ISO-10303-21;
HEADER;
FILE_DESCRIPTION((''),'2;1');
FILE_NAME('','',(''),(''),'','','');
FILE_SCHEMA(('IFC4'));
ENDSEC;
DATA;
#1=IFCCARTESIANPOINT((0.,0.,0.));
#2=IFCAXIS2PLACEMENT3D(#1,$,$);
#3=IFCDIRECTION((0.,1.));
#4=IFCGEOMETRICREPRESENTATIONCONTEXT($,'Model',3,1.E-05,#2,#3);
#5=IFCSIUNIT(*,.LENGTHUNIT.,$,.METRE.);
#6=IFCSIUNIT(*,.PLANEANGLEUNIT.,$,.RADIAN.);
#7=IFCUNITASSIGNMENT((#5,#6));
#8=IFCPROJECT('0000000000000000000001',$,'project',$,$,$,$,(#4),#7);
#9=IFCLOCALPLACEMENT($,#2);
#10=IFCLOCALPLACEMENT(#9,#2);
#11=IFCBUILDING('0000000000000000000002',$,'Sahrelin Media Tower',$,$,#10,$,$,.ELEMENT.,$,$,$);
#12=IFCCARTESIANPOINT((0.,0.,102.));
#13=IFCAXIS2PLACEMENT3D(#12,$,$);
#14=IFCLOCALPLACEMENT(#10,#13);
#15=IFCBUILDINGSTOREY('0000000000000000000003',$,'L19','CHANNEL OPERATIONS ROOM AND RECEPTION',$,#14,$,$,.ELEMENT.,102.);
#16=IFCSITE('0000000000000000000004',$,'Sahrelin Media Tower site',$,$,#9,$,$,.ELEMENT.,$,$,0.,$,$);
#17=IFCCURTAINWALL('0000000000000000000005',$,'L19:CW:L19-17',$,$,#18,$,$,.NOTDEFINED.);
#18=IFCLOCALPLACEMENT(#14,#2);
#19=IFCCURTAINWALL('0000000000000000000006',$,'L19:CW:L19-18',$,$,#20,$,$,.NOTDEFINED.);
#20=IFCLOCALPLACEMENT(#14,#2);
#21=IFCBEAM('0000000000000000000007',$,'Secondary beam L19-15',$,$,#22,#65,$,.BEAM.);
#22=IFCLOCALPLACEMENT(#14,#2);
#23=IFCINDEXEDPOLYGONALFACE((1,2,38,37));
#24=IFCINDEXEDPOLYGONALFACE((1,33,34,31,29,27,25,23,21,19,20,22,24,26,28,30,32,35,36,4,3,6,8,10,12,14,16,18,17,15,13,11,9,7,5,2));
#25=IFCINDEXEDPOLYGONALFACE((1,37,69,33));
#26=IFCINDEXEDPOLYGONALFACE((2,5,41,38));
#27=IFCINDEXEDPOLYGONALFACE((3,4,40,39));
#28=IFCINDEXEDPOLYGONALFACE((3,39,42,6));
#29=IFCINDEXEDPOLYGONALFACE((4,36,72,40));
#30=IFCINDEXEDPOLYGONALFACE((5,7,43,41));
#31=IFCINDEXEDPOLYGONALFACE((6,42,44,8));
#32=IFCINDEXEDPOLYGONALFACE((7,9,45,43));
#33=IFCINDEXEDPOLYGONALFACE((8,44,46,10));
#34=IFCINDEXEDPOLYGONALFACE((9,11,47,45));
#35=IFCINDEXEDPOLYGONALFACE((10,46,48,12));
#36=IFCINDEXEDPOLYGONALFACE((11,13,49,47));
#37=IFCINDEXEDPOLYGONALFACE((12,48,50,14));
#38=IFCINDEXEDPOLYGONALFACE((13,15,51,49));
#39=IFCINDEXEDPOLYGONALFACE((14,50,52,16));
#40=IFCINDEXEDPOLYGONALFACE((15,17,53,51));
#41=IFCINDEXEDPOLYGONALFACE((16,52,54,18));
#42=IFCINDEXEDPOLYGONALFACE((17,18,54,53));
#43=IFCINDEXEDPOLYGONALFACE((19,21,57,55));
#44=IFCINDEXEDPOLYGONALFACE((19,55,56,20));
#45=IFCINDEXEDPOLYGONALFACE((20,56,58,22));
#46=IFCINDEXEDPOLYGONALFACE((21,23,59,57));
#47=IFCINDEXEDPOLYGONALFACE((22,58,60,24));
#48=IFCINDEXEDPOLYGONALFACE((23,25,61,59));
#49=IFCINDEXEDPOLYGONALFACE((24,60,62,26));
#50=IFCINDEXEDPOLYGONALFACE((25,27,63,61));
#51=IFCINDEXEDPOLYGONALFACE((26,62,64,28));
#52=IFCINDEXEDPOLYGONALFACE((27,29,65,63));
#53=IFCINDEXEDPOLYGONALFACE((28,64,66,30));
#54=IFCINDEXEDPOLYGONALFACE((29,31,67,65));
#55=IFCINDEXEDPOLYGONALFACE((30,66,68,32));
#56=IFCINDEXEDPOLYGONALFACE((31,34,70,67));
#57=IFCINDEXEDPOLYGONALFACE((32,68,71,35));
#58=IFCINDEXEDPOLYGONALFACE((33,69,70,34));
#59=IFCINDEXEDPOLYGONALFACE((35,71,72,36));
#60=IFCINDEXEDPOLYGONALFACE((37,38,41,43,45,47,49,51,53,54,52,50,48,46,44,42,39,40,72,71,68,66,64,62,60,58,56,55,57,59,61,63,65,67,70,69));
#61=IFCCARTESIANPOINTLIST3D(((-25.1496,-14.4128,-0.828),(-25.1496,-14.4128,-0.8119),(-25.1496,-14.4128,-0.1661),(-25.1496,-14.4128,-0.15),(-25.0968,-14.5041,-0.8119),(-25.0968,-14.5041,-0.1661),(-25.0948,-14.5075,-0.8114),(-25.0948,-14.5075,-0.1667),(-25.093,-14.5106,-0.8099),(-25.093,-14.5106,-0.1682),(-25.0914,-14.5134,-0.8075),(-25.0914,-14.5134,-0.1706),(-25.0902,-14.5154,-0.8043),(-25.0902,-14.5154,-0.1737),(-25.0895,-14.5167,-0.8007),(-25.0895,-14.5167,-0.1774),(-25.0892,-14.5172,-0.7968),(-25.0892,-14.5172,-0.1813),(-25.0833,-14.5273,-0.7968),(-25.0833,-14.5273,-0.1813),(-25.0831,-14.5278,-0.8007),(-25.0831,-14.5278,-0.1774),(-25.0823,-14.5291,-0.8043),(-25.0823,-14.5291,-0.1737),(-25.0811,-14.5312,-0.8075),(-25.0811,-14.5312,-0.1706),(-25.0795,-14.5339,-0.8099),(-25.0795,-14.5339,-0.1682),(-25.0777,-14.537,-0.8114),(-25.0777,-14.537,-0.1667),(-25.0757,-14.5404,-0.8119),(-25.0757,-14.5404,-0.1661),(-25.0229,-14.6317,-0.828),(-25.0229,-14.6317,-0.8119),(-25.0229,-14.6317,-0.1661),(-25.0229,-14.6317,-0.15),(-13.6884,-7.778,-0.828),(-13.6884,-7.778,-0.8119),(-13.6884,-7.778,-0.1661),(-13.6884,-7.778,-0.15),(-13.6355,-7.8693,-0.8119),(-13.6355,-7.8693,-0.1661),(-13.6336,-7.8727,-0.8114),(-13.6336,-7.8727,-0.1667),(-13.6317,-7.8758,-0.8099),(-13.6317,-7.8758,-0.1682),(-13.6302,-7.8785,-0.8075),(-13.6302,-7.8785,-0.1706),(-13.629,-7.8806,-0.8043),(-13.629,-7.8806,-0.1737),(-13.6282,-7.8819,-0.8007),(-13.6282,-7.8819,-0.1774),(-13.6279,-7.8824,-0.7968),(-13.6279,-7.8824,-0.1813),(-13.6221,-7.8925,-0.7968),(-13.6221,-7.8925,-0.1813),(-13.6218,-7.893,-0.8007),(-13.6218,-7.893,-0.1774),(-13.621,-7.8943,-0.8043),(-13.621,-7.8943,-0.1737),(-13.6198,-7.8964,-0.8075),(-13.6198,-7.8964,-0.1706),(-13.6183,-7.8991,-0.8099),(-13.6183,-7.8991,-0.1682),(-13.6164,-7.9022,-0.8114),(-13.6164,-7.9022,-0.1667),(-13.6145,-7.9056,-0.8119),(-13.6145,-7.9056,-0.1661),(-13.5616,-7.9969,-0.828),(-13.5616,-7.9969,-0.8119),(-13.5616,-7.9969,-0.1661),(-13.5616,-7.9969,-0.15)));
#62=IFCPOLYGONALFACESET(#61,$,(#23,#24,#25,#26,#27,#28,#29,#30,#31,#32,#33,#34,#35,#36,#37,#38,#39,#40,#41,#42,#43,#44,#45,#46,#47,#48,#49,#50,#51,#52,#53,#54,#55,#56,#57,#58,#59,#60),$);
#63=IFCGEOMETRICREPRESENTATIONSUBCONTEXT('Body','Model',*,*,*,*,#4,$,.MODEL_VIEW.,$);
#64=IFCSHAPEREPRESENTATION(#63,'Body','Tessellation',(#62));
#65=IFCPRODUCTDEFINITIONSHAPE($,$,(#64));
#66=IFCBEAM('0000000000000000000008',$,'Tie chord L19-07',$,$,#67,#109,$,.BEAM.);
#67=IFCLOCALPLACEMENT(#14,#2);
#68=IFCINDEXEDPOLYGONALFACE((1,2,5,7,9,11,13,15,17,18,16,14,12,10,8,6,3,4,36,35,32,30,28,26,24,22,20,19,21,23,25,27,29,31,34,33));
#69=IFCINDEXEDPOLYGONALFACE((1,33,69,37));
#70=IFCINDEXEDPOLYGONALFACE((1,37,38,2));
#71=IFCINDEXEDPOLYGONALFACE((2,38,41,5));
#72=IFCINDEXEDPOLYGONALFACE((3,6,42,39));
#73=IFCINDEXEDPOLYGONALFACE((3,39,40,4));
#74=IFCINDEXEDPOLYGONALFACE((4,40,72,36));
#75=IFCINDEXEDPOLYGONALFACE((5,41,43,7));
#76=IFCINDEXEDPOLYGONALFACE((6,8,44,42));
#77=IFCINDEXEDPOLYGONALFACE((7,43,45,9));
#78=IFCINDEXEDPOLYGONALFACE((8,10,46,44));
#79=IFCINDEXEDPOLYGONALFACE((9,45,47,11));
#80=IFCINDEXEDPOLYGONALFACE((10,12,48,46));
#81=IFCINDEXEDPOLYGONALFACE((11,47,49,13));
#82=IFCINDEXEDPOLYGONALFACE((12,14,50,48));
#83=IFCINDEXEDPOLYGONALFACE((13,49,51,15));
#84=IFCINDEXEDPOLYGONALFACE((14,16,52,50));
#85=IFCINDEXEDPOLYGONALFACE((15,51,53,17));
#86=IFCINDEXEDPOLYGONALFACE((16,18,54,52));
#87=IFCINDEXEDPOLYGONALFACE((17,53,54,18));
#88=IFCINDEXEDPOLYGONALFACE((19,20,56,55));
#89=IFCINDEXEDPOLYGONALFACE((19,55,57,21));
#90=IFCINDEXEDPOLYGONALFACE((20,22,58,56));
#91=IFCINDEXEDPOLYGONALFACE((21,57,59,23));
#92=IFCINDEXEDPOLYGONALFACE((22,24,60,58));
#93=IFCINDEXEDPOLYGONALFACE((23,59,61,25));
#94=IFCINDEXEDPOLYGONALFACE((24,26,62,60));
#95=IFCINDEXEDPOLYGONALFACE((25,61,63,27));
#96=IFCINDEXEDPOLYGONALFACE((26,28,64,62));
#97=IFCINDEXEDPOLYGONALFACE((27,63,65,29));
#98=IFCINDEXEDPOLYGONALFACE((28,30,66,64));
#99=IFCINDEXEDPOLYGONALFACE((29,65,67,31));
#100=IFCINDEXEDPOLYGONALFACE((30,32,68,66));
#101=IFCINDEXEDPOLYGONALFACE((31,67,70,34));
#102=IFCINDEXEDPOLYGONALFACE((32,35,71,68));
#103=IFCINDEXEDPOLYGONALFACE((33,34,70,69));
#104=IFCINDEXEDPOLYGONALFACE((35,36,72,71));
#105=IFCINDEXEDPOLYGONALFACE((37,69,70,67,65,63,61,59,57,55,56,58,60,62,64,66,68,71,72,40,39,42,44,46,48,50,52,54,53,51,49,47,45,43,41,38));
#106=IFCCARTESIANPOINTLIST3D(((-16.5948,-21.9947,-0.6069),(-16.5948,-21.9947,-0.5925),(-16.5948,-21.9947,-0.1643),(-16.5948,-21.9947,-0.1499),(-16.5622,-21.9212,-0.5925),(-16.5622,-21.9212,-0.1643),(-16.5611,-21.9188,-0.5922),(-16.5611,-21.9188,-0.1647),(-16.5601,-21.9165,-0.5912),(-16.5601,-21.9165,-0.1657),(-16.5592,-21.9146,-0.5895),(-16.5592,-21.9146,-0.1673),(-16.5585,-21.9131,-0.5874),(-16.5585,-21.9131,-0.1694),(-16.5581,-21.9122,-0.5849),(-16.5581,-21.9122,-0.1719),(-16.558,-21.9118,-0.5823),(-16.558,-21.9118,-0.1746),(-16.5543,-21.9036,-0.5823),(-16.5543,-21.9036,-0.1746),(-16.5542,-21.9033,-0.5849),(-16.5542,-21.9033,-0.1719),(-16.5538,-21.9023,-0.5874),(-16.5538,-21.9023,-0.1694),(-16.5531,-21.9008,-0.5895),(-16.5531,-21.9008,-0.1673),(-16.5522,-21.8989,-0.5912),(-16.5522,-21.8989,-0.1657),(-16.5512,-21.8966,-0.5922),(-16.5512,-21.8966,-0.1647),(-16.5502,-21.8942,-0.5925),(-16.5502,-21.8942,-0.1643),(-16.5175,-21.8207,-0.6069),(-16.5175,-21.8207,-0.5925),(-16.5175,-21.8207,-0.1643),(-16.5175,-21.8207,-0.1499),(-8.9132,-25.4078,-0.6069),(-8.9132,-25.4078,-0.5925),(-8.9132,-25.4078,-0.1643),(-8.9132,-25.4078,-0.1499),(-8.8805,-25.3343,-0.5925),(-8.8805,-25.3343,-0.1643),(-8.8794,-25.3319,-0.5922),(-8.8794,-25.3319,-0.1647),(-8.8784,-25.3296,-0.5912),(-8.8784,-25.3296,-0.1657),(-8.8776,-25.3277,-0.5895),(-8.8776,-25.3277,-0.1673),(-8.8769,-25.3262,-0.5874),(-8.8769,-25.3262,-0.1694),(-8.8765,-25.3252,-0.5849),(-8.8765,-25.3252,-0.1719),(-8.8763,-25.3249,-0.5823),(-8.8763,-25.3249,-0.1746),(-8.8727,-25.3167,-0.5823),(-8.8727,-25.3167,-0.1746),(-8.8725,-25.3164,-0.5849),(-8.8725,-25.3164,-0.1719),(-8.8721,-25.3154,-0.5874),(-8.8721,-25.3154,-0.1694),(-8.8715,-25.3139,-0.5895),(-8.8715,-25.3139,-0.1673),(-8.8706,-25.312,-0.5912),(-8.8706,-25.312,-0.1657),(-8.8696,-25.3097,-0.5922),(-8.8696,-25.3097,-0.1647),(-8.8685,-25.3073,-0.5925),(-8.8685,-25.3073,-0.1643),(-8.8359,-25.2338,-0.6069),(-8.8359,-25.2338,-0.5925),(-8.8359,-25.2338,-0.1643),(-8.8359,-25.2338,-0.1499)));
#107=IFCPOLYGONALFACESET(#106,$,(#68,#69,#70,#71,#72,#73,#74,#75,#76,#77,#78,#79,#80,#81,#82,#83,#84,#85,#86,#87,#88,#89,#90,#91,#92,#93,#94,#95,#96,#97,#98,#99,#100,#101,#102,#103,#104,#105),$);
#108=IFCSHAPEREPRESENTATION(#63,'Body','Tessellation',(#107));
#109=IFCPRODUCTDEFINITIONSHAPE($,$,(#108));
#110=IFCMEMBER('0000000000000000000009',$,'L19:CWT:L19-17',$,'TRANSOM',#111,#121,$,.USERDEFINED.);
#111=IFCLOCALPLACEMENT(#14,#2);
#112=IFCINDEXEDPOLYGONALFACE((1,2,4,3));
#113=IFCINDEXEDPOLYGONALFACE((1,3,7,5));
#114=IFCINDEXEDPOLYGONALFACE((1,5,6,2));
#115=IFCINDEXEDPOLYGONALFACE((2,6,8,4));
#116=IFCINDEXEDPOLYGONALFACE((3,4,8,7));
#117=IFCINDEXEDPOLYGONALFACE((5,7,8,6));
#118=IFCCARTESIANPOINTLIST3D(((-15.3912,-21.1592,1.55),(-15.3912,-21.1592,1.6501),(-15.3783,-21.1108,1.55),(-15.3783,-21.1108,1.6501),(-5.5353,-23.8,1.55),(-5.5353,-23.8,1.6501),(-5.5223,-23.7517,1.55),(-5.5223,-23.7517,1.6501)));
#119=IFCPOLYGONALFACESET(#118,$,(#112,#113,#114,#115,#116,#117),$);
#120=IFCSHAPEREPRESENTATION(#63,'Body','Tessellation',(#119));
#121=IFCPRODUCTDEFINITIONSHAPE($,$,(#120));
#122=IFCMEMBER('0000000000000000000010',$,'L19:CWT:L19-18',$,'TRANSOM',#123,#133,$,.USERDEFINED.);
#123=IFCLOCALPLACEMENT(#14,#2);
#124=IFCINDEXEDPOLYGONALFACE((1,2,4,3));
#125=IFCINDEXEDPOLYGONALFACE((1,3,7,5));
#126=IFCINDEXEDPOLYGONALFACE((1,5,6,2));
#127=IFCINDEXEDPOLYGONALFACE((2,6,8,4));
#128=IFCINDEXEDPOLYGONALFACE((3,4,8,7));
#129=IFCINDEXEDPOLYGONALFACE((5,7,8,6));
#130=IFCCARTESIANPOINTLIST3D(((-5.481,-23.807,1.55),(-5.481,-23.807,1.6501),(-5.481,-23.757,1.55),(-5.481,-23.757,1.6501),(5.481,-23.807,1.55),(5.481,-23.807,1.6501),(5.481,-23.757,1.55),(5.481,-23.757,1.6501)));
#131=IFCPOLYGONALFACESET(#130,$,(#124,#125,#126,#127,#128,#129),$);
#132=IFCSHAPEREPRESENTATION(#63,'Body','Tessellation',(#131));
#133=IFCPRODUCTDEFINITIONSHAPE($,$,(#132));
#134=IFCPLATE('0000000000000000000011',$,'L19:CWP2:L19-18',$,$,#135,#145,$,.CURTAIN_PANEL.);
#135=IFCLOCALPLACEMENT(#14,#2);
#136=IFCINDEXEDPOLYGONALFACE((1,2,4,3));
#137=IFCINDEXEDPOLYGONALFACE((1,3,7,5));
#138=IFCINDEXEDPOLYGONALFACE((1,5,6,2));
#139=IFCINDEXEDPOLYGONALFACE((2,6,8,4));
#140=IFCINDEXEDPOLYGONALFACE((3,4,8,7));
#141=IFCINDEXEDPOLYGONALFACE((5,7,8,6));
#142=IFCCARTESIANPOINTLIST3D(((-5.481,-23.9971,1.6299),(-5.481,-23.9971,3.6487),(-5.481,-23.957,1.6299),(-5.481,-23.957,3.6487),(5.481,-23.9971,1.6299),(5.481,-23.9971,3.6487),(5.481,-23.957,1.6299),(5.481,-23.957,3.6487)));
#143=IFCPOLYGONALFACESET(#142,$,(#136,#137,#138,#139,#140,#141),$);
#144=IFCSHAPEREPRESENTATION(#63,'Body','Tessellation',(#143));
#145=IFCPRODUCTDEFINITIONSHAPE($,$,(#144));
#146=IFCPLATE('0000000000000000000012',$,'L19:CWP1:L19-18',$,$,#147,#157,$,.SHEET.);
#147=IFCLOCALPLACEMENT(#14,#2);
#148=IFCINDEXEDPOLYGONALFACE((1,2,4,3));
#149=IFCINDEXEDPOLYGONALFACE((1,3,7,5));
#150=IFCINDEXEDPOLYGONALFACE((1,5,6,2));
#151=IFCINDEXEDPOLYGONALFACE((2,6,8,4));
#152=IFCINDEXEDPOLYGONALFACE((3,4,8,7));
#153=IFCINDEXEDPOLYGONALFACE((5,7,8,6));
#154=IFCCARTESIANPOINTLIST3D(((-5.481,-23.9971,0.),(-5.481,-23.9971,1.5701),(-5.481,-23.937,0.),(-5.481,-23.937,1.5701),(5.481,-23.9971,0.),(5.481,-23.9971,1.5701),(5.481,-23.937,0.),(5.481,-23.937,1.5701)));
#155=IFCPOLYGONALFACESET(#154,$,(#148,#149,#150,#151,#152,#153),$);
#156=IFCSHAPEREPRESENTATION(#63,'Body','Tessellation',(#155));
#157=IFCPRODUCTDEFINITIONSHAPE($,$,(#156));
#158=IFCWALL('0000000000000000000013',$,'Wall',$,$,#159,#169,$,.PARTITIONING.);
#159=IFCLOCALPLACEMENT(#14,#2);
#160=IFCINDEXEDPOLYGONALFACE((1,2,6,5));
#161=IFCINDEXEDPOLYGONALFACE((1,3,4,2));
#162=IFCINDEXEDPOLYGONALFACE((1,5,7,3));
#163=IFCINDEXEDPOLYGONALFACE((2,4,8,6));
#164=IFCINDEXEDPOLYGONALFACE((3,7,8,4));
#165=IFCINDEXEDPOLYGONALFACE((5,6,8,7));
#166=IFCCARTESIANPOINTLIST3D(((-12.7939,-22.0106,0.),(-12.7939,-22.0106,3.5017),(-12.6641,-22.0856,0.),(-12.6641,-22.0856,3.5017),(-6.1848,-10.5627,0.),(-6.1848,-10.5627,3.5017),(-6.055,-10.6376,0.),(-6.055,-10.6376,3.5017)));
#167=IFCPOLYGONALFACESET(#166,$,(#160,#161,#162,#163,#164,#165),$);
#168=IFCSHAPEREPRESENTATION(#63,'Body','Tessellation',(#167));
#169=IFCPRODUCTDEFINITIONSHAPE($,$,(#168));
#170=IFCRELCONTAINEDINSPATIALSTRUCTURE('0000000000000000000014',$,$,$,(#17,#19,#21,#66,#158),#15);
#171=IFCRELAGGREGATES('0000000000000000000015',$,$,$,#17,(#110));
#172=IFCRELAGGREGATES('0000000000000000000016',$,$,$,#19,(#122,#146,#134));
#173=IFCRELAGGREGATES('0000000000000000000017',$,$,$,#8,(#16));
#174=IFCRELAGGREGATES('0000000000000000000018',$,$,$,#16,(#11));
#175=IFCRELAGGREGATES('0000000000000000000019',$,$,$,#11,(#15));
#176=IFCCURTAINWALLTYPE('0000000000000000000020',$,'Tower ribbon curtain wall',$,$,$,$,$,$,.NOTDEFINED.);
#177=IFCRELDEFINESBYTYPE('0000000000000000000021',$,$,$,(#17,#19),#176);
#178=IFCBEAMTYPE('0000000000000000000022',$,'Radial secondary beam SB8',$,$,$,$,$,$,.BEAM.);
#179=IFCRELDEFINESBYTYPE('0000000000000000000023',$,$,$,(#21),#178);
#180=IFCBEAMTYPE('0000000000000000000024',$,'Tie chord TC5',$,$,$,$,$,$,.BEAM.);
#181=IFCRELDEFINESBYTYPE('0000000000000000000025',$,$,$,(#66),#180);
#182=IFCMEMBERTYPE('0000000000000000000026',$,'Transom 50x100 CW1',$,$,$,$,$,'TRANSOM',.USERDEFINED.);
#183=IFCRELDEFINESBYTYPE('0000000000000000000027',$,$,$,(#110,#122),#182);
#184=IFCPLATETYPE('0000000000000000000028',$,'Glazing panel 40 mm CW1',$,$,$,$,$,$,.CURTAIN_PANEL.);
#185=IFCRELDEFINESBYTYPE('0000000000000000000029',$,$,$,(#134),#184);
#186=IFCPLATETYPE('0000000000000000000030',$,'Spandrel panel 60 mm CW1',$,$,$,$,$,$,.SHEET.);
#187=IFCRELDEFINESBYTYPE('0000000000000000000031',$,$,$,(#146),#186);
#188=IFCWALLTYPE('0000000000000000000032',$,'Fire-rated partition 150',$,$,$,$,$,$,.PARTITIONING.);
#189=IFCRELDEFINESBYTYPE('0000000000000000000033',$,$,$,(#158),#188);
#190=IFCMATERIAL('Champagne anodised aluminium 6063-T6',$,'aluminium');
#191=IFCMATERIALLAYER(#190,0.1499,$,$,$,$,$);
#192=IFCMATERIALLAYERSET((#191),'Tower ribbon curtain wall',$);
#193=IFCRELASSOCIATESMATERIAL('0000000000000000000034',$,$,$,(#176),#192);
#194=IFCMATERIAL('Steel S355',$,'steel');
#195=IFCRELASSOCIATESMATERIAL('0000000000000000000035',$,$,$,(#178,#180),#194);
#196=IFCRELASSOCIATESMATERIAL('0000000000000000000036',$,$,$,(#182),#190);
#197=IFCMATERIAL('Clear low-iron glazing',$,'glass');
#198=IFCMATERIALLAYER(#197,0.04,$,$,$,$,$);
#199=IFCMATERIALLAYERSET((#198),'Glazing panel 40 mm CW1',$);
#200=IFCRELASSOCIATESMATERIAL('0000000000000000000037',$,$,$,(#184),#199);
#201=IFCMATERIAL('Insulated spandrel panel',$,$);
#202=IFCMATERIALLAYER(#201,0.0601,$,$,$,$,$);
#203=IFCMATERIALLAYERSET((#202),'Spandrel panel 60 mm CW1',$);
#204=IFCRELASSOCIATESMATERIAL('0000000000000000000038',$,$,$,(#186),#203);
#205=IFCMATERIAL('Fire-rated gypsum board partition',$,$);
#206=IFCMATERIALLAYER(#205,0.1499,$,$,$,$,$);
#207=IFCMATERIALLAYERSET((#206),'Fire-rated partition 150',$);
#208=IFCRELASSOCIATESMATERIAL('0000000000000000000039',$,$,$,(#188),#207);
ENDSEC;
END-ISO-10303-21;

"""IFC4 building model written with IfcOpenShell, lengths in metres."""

from ifc_helpers import new_model, si_unit, direction, frame, frame_2d, origin, origin_2d, place, context, subcontext, project, spatial, polyline, rectangle, i_section, outline, extrude, material, layer, layer_set, material_profile, profile_set, type_object, element, aggregate, save


model = new_model("IFC4")

# Units and contexts
model_context = context("Model", 3, precision=1e-05, world=origin(), true_north=direction((0.0, 1.0)))
body_context = subcontext(model_context, "Body", "Model", "MODEL_VIEW")
ifc_project = project(units=[si_unit("LENGTHUNIT", "METRE"), si_unit("PLANEANGLEUNIT", "RADIAN")], contexts=[model_context])

# Site, building, storey
site_placement = place(None, origin())
site = spatial("IfcSite", under=ifc_project, at=site_placement, Name="Sahrelin Media Tower site", CompositionType="ELEMENT", RefElevation=0.0)
building_placement = place(site_placement, origin())
building = spatial("IfcBuilding", under=site, at=building_placement, Name="Sahrelin Media Tower", CompositionType="ELEMENT")
storey_placement = place(building_placement, frame((0.0, 0.0, 102.0)))
storey = spatial("IfcBuildingStorey", under=building, at=storey_placement, Name="L19", Description="CHANNEL OPERATIONS ROOM AND RECEPTION", CompositionType="ELEMENT", Elevation=102.0)

# Shared definitions
ifc_material_1 = material(Name="Steel S355", Category="steel")

# Curtain walls
ifc_material_2 = material(Name="Champagne anodised aluminium 6063-T6", Category="aluminium")
ifc_layer_1 = layer(ifc_material_2, 0.1499)
ifc_layer_set_1 = layer_set([ifc_layer_1], Name="Tower ribbon curtain wall")
curtain_wall_type = type_object("IfcCurtainWallType", Name="Tower ribbon curtain wall", PredefinedType="NOTDEFINED", material=ifc_layer_set_1)
curtain_wall_1_placement = place(storey_placement, frame((-10.5071, -22.6438, 0.0), z_axis=(0.0, 0.0, 1.0), x_axis=(1.0, 0.0, 0.0)))
curtain_wall_1 = element("IfcCurtainWall", 1, at=curtain_wall_1_placement, inside=storey, type_object=curtain_wall_type, Name="L19:CW:L19-17", PredefinedType="NOTDEFINED")
curtain_wall_2_placement = place(storey_placement, frame((0.0, -23.9771, 0.0), z_axis=(0.0, 0.0, 1.0), x_axis=(1.0, 0.0, 0.0)))
curtain_wall_2 = element("IfcCurtainWall", 2, at=curtain_wall_2_placement, inside=storey, type_object=curtain_wall_type, Name="L19:CW:L19-18", PredefinedType="NOTDEFINED")

# Beams
ifc_material_profile_1 = material_profile(ifc_material_1, i_section(OverallWidth=0.2529, OverallDepth=0.678, WebThickness=0.0117, FlangeThickness=0.0161, FilletRadius=0.0151, at=origin_2d()), Name="UB 686x254x125")
ifc_profile_set_1 = profile_set([ifc_material_profile_1], Name="Steel S355")
beam_type_1 = type_object("IfcBeamType", Name="Radial secondary beam SB8", PredefinedType="BEAM", material=ifc_profile_set_1)
beam_1_placement = place(storey_placement, frame((-13.625, -7.8875, -0.489), z_axis=(-0.865448, -0.500999, 0.0), x_axis=(0.500999, -0.865448, 0.0)))
element("IfcBeam", 3, at=beam_1_placement, inside=storey, type_object=beam_type_1, Name="Secondary beam L19-15", PredefinedType="BEAM", context=body_context, shape_type="SweptSolid", body=[
    extrude(i_section(OverallWidth=0.2529, OverallDepth=0.678, WebThickness=0.0117, FlangeThickness=0.0161, FilletRadius=0.0151, at=origin_2d()), origin(), (0.0, 0.0, 1.0), 13.2432),
])
ifc_material_profile_2 = material_profile(ifc_material_1, i_section(OverallWidth=0.1904, OverallDepth=0.457, WebThickness=0.009, FlangeThickness=0.0144, FilletRadius=0.0103, at=origin_2d()), Name="UB 457x191x74")
ifc_profile_set_2 = profile_set([ifc_material_profile_2], Name="Steel S355")
beam_type_2 = type_object("IfcBeamType", Name="Tie chord TC5", PredefinedType="BEAM", material=ifc_profile_set_2)
beam_2_placement = place(storey_placement, frame((-8.8745, -25.3208, -0.3784), z_axis=(-0.913855, 0.406041, 0.0), x_axis=(-0.406041, -0.913855, 0.0)))
element("IfcBeam", 4, at=beam_2_placement, inside=storey, type_object=beam_type_2, Name="Tie chord L19-07", PredefinedType="BEAM", context=body_context, shape_type="SweptSolid", body=[
    extrude(i_section(OverallWidth=0.1904, OverallDepth=0.457, WebThickness=0.009, FlangeThickness=0.0144, FilletRadius=0.0103, at=origin_2d()), origin(), (0.0, 0.0, 1.0), 8.4058),
])

# Members
ifc_material_profile_3 = material_profile(ifc_material_2, rectangle(XDim=0.05, YDim=0.1001, at=origin_2d()), Name="Transom 50x100")
ifc_profile_set_3 = profile_set([ifc_material_profile_3], Name="Champagne anodised aluminium 6063-T6")
member_type_1 = type_object("IfcMemberType", Name="Transom 50x100 CW1", ElementType="TRANSOM", PredefinedType="USERDEFINED", material=ifc_profile_set_3)
member_1_placement = place(storey_placement, frame((-15.3848, -21.135, 1.6001), z_axis=(0.965926, -0.258817, 0.0), x_axis=(0.258817, 0.965926, 0.0)))
member_1 = element("IfcMember", 5, at=member_1_placement, type_object=member_type_1, Name="L19:CWT:L19-17", ObjectType="TRANSOM", PredefinedType="USERDEFINED", context=body_context, shape_type="SweptSolid", body=[
    extrude(rectangle(XDim=0.05, YDim=0.1001, at=origin_2d()), origin(), (0.0, 0.0, 1.0), 10.2036),
])
aggregate(curtain_wall_1, [member_1])
member_2_placement = place(storey_placement, frame((-5.481, -23.782, 1.6001), z_axis=(1.0, 0.0, 0.0), x_axis=(0.0, 1.0, 0.0)))
member_2 = element("IfcMember", 6, at=member_2_placement, type_object=member_type_1, Name="L19:CWT:L19-18", ObjectType="TRANSOM", PredefinedType="USERDEFINED", context=body_context, shape_type="SweptSolid", body=[
    extrude(rectangle(XDim=0.05, YDim=0.1001, at=origin_2d()), origin(), (0.0, 0.0, 1.0), 10.9619),
])

# Plates
ifc_material_3 = material(Name="Clear low-iron glazing", Category="glass")
ifc_layer_2 = layer(ifc_material_3, 0.04)
ifc_layer_set_2 = layer_set([ifc_layer_2], Name="Glazing panel 40 mm CW1")
plate_type_1 = type_object("IfcPlateType", Name="Glazing panel 40 mm CW1", PredefinedType="CURTAIN_PANEL", material=ifc_layer_set_2)
plate_1_placement = place(storey_placement, frame((-5.481, -23.9971, 1.6299), z_axis=(0.0, -1.0, 0.0), x_axis=(1.0, 0.0, 0.0)))
plate_1 = element("IfcPlate", 7, at=plate_1_placement, type_object=plate_type_1, Name="L19:CWP2:L19-18", PredefinedType="CURTAIN_PANEL", context=body_context, shape_type="SweptSolid", body=[
    extrude(outline(polyline([(0.0, 0.0), (10.9619, 0.0), (10.9619, 2.0188), (0.0, 2.0188), (0.0, 0.0)])), origin(), (0.0, 0.0, -1.0), 0.04),
])
ifc_material_4 = material(Name="Insulated spandrel panel")
ifc_layer_3 = layer(ifc_material_4, 0.0601)
ifc_layer_set_3 = layer_set([ifc_layer_3], Name="Spandrel panel 60 mm CW1")
plate_type_2 = type_object("IfcPlateType", Name="Spandrel panel 60 mm CW1", PredefinedType="SHEET", material=ifc_layer_set_3)
plate_2_placement = place(storey_placement, frame((-5.481, -23.9971, 0.0), z_axis=(0.0, -1.0, 0.0), x_axis=(1.0, 0.0, 0.0)))
plate_2 = element("IfcPlate", 8, at=plate_2_placement, type_object=plate_type_2, Name="L19:CWP1:L19-18", PredefinedType="SHEET", context=body_context, shape_type="SweptSolid", body=[
    extrude(outline(polyline([(0.0, 0.0), (10.9619, 0.0), (10.9619, 1.5701), (0.0, 1.5701), (0.0, 0.0)])), origin(), (0.0, 0.0, -1.0), 0.0601),
])
aggregate(curtain_wall_2, [member_2, plate_2, plate_1])

# Wall
ifc_material_5 = material(Name="Fire-rated gypsum board partition")
ifc_layer_4 = layer(ifc_material_5, 0.1499)
ifc_layer_set_4 = layer_set([ifc_layer_4], Name="Fire-rated partition 150")
wall_type_1 = type_object("IfcWallType", Name="Fire-rated partition 150", PredefinedType="PARTITIONING", material=ifc_layer_set_4)
wall_1_placement = place(storey_placement, frame((-12.729, -22.0481, 0.0), z_axis=(0.0, 0.0, 1.0), x_axis=(0.499979, 0.866038, 0.0)))
element("IfcWall", 9, at=wall_1_placement, inside=storey, type_object=wall_type_1, Name="Wall", PredefinedType="PARTITIONING", context=body_context, shape_type="SweptSolid", body=[
    extrude(rectangle(XDim=13.2188, YDim=0.1499, at=frame_2d((6.6094, 0.0))), origin(), (0.0, 0.0, 1.0), 3.5017),
])

save(model, "model.ifc")
